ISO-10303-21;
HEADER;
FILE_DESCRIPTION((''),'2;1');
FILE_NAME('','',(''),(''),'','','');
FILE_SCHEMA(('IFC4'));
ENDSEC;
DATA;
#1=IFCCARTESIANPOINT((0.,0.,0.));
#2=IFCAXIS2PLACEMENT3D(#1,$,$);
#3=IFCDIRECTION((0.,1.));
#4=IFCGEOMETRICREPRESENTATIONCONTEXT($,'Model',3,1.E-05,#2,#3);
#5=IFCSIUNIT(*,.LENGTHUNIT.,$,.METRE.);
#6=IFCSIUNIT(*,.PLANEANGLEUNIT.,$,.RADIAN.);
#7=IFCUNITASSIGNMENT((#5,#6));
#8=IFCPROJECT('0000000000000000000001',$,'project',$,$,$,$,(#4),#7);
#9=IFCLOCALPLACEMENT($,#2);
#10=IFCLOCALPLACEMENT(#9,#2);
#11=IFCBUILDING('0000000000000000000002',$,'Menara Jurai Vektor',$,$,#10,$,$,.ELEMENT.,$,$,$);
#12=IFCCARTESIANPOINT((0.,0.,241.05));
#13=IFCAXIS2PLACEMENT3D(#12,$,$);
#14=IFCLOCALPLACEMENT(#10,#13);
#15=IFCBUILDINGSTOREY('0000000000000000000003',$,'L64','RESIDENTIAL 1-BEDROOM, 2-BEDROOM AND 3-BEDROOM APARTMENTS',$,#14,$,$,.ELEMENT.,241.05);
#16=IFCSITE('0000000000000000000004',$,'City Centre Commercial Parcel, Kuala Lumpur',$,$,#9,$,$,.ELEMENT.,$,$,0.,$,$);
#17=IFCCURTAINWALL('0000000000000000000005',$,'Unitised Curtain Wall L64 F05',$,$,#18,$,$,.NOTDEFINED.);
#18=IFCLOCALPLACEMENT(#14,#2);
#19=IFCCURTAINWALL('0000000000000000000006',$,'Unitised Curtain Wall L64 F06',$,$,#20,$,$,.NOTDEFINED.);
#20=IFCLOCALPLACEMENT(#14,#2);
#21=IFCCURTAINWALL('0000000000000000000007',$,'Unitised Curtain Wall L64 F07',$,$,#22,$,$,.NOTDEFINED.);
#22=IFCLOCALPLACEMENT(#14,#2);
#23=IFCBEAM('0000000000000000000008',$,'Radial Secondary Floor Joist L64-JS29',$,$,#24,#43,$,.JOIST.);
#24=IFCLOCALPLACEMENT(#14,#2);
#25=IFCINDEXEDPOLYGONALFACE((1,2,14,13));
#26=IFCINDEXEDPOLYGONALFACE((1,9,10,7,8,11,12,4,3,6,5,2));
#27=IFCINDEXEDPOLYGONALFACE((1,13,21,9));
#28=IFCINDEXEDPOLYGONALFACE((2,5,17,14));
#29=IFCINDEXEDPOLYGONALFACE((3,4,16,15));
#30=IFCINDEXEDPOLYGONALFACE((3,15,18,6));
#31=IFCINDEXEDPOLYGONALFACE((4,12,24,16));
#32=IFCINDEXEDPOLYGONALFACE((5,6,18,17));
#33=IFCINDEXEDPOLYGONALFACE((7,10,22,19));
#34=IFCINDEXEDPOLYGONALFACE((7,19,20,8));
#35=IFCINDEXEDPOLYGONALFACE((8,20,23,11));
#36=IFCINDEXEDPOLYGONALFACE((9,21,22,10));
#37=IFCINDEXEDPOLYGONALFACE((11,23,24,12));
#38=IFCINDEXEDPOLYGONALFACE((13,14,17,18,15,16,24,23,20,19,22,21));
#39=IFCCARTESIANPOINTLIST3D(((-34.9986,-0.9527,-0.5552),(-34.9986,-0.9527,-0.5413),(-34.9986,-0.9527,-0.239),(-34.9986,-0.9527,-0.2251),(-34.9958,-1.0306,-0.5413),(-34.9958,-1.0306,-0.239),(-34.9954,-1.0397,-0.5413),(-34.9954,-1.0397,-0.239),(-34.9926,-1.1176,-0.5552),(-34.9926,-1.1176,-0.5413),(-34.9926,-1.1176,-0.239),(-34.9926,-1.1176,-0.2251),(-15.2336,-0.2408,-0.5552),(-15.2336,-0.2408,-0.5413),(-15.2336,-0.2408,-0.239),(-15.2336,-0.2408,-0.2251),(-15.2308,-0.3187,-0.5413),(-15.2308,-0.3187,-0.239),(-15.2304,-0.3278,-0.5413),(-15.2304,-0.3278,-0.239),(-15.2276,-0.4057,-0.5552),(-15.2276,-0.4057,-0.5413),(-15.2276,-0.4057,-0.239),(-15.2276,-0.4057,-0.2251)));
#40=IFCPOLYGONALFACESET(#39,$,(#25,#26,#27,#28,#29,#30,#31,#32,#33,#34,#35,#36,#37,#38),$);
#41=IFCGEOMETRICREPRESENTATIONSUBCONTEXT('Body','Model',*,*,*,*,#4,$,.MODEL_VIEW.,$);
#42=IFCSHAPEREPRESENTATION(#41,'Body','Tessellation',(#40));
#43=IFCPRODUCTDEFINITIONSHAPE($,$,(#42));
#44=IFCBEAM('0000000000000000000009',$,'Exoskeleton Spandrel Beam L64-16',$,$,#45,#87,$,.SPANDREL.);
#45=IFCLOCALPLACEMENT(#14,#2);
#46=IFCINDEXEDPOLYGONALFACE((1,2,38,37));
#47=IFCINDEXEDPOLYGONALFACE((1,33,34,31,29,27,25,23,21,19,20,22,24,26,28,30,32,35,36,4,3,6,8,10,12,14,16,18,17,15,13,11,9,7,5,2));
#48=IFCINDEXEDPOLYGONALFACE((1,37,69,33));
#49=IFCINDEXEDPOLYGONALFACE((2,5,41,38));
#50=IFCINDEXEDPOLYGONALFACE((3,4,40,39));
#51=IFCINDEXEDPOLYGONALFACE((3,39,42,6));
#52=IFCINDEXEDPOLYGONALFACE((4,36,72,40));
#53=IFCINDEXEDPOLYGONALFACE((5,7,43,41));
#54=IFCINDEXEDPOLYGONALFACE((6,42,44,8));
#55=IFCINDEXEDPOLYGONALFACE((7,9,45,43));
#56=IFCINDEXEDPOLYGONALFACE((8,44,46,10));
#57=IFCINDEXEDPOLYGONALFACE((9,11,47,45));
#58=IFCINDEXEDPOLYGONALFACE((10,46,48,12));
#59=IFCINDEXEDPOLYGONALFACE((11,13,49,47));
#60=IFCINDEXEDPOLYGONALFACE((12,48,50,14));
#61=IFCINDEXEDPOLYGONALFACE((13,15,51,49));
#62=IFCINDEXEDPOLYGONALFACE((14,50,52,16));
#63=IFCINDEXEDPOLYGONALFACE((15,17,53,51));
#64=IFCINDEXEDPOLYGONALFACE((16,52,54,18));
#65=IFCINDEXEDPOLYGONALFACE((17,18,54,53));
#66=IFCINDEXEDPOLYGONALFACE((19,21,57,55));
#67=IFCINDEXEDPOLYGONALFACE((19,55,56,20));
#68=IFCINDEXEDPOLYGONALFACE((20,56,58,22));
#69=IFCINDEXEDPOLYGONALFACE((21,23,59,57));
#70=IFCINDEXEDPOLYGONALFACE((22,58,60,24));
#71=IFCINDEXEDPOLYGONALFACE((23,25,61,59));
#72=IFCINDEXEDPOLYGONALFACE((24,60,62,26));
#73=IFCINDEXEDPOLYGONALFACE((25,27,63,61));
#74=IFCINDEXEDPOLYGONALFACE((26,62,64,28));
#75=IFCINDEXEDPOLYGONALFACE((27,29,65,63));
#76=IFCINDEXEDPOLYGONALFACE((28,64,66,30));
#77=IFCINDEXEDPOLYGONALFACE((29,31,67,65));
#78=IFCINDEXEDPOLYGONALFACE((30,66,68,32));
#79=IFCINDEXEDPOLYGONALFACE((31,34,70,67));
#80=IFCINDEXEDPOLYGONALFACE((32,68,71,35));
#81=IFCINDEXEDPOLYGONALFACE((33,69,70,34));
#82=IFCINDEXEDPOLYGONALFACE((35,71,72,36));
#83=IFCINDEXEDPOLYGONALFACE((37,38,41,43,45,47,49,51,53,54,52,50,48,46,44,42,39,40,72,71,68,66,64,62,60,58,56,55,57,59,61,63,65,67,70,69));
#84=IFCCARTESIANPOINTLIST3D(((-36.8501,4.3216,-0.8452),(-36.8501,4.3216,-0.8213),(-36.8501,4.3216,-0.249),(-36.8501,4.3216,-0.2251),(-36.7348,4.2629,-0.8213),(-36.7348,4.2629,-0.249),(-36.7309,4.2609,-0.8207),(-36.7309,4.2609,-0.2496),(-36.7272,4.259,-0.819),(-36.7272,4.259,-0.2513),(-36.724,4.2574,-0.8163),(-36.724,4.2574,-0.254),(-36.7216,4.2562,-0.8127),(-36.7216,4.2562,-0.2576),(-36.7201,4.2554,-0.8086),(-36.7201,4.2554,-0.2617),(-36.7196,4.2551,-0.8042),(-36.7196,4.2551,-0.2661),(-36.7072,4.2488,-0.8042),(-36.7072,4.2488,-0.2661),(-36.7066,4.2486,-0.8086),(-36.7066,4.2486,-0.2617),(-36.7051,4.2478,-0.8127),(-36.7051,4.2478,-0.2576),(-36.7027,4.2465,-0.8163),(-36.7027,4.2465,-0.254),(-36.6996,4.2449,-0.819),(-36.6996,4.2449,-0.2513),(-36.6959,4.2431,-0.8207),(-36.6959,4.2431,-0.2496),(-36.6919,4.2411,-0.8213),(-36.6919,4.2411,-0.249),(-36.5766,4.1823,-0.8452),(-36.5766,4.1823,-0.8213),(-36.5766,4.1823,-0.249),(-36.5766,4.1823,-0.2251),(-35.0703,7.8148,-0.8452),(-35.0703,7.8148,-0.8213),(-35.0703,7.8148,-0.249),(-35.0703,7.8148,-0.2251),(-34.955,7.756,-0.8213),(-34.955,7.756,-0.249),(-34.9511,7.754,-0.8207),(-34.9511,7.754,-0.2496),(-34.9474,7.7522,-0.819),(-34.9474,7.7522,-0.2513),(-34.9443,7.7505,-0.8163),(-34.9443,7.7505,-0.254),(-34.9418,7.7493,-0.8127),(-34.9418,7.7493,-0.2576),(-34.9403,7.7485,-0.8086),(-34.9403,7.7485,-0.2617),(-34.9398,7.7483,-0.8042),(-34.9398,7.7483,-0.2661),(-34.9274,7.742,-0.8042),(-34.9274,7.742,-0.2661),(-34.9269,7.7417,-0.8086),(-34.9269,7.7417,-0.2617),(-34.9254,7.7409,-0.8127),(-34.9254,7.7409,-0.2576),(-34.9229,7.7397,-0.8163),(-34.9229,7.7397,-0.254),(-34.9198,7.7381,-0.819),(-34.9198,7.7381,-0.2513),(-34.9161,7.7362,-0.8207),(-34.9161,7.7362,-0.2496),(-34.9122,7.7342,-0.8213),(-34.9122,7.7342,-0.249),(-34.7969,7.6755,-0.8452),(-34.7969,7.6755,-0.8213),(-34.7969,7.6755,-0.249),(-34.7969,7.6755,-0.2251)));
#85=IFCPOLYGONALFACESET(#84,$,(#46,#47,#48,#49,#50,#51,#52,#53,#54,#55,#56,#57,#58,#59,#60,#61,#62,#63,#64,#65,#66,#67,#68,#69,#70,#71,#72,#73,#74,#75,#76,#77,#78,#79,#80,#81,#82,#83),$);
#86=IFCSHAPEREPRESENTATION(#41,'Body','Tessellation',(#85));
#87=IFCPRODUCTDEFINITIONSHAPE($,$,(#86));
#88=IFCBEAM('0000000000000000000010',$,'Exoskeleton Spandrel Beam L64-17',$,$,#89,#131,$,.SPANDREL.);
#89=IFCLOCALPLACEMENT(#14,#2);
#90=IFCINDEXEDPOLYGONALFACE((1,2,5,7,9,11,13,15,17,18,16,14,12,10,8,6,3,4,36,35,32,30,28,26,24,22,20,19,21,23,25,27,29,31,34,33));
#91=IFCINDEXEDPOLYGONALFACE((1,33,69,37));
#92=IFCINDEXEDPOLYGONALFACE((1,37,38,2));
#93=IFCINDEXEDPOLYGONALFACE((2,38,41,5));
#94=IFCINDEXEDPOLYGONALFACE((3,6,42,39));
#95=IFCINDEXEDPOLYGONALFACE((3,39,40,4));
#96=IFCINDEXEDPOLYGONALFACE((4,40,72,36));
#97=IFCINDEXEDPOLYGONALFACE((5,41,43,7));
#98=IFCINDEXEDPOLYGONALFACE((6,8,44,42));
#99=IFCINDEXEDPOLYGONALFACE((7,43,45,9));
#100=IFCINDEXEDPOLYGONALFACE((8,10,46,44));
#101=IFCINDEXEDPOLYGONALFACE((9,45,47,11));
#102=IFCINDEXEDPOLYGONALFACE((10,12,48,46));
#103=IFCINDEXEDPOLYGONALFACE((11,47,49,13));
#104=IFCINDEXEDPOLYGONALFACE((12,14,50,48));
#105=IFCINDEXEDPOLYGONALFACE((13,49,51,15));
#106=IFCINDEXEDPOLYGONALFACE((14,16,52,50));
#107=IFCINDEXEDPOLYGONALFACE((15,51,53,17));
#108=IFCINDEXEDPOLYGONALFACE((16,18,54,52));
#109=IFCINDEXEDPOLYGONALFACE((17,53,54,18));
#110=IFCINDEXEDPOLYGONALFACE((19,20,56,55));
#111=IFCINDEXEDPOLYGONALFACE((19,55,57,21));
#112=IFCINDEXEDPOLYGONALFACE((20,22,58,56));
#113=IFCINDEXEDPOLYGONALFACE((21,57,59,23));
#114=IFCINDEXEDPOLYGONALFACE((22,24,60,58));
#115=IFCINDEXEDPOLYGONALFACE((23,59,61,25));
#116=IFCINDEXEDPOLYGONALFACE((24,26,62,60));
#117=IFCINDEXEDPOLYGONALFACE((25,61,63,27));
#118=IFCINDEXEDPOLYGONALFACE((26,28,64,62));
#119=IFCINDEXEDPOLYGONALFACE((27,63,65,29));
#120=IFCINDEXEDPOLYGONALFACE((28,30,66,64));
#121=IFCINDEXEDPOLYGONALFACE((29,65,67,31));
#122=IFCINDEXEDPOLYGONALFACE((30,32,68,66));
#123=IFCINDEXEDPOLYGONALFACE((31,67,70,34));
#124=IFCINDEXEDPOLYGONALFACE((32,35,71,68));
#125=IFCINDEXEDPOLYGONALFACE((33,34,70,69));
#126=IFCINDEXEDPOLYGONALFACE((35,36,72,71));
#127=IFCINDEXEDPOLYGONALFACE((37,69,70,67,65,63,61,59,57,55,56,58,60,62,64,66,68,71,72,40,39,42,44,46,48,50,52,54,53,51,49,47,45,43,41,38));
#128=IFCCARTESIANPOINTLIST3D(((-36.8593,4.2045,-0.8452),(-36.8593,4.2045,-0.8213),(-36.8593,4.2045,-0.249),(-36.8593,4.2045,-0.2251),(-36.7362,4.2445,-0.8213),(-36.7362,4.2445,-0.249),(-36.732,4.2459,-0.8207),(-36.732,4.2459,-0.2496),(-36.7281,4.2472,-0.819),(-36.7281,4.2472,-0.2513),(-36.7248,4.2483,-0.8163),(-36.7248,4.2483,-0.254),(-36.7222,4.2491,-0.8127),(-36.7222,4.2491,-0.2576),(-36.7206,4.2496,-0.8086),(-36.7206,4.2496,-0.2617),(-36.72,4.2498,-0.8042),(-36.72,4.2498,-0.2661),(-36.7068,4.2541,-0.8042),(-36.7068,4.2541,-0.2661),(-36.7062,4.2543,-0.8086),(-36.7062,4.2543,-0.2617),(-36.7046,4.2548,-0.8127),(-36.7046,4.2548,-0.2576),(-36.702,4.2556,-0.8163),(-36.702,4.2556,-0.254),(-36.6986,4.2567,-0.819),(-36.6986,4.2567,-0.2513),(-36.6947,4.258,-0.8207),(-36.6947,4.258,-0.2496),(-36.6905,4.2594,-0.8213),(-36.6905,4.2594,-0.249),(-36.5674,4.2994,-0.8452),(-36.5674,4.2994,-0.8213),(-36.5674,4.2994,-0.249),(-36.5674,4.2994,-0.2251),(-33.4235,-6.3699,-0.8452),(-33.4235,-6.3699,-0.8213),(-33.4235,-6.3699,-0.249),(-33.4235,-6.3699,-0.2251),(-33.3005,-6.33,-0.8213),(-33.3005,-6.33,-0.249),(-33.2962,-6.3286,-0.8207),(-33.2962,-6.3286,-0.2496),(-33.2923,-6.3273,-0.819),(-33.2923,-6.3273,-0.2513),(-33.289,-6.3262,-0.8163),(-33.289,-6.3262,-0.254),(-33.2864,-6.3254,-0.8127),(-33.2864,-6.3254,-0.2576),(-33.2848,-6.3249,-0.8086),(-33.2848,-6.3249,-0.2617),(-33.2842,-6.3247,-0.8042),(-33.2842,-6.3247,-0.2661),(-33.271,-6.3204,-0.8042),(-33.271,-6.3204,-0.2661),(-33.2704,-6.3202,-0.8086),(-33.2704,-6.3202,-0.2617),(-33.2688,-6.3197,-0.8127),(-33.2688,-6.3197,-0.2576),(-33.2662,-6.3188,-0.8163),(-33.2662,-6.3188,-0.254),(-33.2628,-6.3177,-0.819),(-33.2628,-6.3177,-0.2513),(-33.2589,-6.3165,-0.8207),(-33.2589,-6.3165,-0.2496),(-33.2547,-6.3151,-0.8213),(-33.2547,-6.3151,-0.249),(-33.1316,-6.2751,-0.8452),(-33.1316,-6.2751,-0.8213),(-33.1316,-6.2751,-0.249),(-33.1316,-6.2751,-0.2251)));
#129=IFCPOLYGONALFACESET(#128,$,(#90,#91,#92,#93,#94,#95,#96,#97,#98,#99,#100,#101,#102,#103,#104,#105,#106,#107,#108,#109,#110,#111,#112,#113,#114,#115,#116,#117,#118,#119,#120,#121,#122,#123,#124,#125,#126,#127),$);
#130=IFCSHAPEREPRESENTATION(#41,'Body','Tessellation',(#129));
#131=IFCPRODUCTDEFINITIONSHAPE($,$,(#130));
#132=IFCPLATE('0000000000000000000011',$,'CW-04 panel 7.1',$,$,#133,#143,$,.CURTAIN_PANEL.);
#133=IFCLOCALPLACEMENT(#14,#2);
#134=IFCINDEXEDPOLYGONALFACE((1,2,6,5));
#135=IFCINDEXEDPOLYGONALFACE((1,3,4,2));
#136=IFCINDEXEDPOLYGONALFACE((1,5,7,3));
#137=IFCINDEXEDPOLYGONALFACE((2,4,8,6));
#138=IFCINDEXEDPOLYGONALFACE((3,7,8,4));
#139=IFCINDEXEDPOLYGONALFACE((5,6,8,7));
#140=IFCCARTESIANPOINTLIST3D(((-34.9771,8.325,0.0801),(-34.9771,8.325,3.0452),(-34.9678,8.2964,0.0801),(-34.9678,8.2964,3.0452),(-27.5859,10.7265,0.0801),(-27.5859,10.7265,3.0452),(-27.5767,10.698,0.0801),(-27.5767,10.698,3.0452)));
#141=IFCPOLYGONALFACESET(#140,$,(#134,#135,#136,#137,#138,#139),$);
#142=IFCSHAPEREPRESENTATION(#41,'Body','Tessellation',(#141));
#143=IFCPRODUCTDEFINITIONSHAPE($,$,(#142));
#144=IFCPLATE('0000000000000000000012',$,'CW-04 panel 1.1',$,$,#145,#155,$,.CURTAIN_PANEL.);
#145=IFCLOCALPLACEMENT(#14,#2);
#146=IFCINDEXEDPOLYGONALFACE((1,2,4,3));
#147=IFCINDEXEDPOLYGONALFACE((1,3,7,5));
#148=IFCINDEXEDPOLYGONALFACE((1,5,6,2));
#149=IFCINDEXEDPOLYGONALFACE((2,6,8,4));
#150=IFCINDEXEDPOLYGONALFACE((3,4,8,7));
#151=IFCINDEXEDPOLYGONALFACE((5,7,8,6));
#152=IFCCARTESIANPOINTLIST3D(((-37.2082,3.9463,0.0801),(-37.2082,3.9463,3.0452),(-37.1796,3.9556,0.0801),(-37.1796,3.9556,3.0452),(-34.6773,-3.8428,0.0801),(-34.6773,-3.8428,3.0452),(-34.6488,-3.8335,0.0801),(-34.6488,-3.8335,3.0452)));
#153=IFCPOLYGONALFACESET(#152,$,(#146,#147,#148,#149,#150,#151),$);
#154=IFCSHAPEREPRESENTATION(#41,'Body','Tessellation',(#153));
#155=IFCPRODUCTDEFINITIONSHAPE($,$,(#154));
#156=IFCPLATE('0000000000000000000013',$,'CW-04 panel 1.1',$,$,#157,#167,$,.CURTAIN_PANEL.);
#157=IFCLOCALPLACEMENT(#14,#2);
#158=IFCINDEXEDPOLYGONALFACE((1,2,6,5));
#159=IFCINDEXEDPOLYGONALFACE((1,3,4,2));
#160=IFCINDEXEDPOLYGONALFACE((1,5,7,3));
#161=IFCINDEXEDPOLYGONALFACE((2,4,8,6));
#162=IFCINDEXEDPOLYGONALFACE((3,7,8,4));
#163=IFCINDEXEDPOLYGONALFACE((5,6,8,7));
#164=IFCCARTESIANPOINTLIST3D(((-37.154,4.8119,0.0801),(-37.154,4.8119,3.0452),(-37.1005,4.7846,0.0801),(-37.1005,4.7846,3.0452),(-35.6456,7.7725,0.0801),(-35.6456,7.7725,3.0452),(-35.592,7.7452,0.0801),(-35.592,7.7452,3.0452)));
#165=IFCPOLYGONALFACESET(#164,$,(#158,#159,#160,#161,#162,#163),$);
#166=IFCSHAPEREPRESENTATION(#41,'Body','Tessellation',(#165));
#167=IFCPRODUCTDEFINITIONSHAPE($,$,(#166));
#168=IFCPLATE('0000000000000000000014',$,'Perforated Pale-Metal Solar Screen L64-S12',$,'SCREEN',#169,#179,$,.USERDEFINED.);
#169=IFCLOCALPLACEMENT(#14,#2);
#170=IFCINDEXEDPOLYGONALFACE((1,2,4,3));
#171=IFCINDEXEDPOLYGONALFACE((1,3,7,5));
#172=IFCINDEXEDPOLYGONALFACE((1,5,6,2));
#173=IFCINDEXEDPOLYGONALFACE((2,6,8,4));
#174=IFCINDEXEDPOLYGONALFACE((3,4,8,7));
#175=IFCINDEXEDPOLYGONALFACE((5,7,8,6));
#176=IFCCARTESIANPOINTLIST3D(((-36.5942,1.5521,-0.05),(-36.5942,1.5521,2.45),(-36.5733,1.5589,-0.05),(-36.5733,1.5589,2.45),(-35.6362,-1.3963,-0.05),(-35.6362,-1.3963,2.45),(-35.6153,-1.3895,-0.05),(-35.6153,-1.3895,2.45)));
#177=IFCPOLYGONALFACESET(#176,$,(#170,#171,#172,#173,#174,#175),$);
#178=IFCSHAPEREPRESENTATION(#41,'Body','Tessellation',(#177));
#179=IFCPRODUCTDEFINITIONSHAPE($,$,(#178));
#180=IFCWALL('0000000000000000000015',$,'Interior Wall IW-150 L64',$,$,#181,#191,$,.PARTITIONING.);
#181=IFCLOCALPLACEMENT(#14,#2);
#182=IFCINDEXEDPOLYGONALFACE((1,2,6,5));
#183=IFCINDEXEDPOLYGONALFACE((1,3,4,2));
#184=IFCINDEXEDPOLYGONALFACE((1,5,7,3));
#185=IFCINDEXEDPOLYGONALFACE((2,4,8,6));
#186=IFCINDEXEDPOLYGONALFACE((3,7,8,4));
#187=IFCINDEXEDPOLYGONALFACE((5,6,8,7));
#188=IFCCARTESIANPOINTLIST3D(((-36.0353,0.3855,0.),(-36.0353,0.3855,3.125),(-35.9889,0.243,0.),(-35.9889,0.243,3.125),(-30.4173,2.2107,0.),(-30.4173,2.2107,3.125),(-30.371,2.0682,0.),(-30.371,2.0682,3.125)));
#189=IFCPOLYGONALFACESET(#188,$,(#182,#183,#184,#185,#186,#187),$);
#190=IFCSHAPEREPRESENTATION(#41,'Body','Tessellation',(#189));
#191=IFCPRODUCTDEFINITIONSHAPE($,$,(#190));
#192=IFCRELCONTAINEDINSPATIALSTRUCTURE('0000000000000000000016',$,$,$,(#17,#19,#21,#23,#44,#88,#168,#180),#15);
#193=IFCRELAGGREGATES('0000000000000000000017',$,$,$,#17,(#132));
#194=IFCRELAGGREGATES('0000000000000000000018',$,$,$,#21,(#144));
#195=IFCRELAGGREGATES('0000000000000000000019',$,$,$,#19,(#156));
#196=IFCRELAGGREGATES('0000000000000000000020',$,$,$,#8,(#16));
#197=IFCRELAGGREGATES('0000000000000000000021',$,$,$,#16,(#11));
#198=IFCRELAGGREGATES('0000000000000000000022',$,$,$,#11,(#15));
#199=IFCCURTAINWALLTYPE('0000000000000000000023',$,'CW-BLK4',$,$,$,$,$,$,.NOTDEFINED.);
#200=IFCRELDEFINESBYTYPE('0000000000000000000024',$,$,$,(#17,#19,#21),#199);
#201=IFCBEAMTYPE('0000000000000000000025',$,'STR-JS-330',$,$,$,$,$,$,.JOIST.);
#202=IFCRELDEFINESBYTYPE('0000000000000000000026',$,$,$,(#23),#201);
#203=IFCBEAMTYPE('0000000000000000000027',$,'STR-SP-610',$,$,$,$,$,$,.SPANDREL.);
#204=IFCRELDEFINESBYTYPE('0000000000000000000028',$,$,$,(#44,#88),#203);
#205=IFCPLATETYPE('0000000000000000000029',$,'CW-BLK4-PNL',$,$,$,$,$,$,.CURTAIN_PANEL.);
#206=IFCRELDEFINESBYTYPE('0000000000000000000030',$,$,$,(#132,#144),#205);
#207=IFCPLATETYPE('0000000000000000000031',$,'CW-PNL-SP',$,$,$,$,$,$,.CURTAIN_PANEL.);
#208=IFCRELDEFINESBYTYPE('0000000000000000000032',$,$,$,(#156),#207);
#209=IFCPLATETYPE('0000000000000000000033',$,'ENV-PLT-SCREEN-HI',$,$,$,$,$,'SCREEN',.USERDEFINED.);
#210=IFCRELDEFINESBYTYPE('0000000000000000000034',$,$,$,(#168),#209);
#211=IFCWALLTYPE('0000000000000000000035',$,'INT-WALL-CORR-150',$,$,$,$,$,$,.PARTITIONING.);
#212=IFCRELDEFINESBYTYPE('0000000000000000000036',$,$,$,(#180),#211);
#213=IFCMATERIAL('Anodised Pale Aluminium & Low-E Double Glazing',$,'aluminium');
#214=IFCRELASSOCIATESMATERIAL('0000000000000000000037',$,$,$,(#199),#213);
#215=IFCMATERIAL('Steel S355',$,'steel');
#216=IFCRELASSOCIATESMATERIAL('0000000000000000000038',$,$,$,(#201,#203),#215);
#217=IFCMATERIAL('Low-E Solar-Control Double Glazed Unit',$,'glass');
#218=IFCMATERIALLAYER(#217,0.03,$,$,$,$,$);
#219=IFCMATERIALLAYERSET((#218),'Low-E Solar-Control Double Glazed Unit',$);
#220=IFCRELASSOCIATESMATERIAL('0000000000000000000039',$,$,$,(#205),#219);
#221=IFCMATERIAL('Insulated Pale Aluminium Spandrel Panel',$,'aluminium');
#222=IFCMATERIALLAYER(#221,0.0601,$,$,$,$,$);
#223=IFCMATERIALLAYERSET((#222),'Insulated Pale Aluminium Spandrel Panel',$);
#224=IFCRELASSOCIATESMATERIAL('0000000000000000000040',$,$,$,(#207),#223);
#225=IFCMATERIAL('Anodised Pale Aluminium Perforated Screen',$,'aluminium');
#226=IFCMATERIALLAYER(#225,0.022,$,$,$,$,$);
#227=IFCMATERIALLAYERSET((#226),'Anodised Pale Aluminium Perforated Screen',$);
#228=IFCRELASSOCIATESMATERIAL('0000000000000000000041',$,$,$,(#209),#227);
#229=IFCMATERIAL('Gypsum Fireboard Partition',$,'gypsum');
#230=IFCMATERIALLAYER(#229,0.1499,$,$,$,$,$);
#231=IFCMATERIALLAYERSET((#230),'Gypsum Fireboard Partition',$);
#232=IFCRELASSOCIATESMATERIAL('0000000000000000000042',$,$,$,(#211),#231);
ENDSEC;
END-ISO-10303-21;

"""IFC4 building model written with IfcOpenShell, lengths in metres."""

from ifc_helpers import new_model, si_unit, direction, frame, frame_2d, origin, origin_2d, place, context, subcontext, project, spatial, rectangle, i_section, extrude, material, layer, layer_set, material_profile, profile_set, type_object, element, aggregate, save


model = new_model("IFC4")

# Units and contexts
model_context = context("Model", 3, precision=1e-05, world=origin(), true_north=direction((0.0, 1.0)))
body_context = subcontext(model_context, "Body", "Model", "MODEL_VIEW")
ifc_project = project(units=[si_unit("LENGTHUNIT", "METRE"), si_unit("PLANEANGLEUNIT", "RADIAN")], contexts=[model_context])

# Site, building, storey
site_placement = place(None, origin())
site = spatial("IfcSite", under=ifc_project, at=site_placement, Name="City Centre Commercial Parcel, Kuala Lumpur", CompositionType="ELEMENT", RefElevation=0.0)
building_placement = place(site_placement, origin())
building = spatial("IfcBuilding", under=site, at=building_placement, Name="Menara Jurai Vektor", CompositionType="ELEMENT")
storey_placement = place(building_placement, frame((0.0, 0.0, 241.05)))
storey = spatial("IfcBuildingStorey", under=building, at=storey_placement, Name="L64", Description="RESIDENTIAL 1-BEDROOM, 2-BEDROOM AND 3-BEDROOM APARTMENTS", CompositionType="ELEMENT", Elevation=241.05)

# Curtain wall
ifc_material_1 = material(Name="Anodised Pale Aluminium & Low-E Double Glazing", Category="aluminium")
curtain_wall_type = type_object("IfcCurtainWallType", Name="CW-BLK4", PredefinedType="NOTDEFINED", material=ifc_material_1)
curtain_wall_1_placement = place(storey_placement, origin())
curtain_wall_1 = element("IfcCurtainWall", 1, at=curtain_wall_1_placement, inside=storey, type_object=curtain_wall_type, Name="Unitised Curtain Wall L64 F05", PredefinedType="NOTDEFINED")

# Curtain wall
curtain_wall_2_placement = place(storey_placement, origin())
curtain_wall_2 = element("IfcCurtainWall", 2, at=curtain_wall_2_placement, inside=storey, type_object=curtain_wall_type, Name="Unitised Curtain Wall L64 F06", PredefinedType="NOTDEFINED")

# Curtain wall
curtain_wall_3_placement = place(storey_placement, origin())
curtain_wall_3 = element("IfcCurtainWall", 3, at=curtain_wall_3_placement, inside=storey, type_object=curtain_wall_type, Name="Unitised Curtain Wall L64 F07", PredefinedType="NOTDEFINED")

# Shared definitions
ifc_material_2 = material(Name="Steel S355", Category="steel")

# Beams
ifc_material_profile_1 = material_profile(ifc_material_2, i_section(OverallWidth=0.165, OverallDepth=0.3301, WebThickness=0.009, FlangeThickness=0.0139, at=origin_2d()), Name="PG 330x165x46")
ifc_profile_set_1 = profile_set([ifc_material_profile_1], Name="Steel S355")
beam_type_1 = type_object("IfcBeamType", Name="STR-JS-330", PredefinedType="JOIST", material=ifc_profile_set_1)
beam_1_placement = place(storey_placement, frame((-34.9956, -1.0352, -0.3901), z_axis=(0.999352, 0.035995, 0.0), x_axis=(-0.035995, 0.999352, 0.0)))
element("IfcBeam", 4, at=beam_1_placement, inside=storey, type_object=beam_type_1, Name="Radial Secondary Floor Joist L64-JS29", PredefinedType="JOIST", context=body_context, shape_type="SweptSolid", body=[
    extrude(i_section(OverallWidth=0.165, OverallDepth=0.3301, WebThickness=0.009, FlangeThickness=0.0139, at=origin_2d()), origin(), (0.0, 0.0, 1.0), 19.7778),
])
ifc_material_profile_2 = material_profile(ifc_material_2, i_section(OverallWidth=0.3069, OverallDepth=0.6201, WebThickness=0.0139, FlangeThickness=0.0239, FilletRadius=0.0171, at=origin_2d()), Name="UKB 610x305x179")
ifc_profile_set_2 = profile_set([ifc_material_profile_2], Name="Steel S355")
beam_type_2 = type_object("IfcBeamType", Name="STR-SP-610", PredefinedType="SPANDREL", material=ifc_profile_set_2)
beam_2_placement = place(storey_placement, frame((-34.9336, 7.7451, -0.5352), z_axis=(-0.453976, -0.891014, 0.0), x_axis=(0.891014, -0.453976, 0.0)))
element("IfcBeam", 5, at=beam_2_placement, inside=storey, type_object=beam_type_2, Name="Exoskeleton Spandrel Beam L64-16", PredefinedType="SPANDREL", context=body_context, shape_type="SweptSolid", body=[
    extrude(i_section(OverallWidth=0.3069, OverallDepth=0.6201, WebThickness=0.0139, FlangeThickness=0.0239, FilletRadius=0.0171, at=origin_2d()), origin(), (0.0, 0.0, 1.0), 3.9204),
])
beam_3_placement = place(storey_placement, frame((-36.7134, 4.252, -0.5352), z_axis=(0.309012, -0.951058, 0.0), x_axis=(0.951058, 0.309012, 0.0)))
element("IfcBeam", 6, at=beam_3_placement, inside=storey, type_object=beam_type_2, Name="Exoskeleton Spandrel Beam L64-17", PredefinedType="SPANDREL", context=body_context, shape_type="SweptSolid", body=[
    extrude(i_section(OverallWidth=0.3069, OverallDepth=0.6201, WebThickness=0.0139, FlangeThickness=0.0239, FilletRadius=0.0171, at=origin_2d()), origin(), (0.0, 0.0, 1.0), 11.1187),
])

# Plates
ifc_material_3 = material(Name="Low-E Solar-Control Double Glazed Unit", Category="glass")
ifc_layer_1 = layer(ifc_material_3, 0.03)
ifc_layer_set_1 = layer_set([ifc_layer_1], Name="Low-E Solar-Control Double Glazed Unit")
plate_type_1 = type_object("IfcPlateType", Name="CW-BLK4-PNL", PredefinedType="CURTAIN_PANEL", material=ifc_layer_set_1)
plate_1_placement = place(storey_placement, frame((-31.2769, 9.5115, 0.0801), z_axis=(0.0, 0.0, 1.0), x_axis=(-0.951056, -0.309017, 0.0)))
plate_1 = element("IfcPlate", 7, at=plate_1_placement, type_object=plate_type_1, Name="CW-04 panel 7.1", PredefinedType="CURTAIN_PANEL", context=body_context, shape_type="SweptSolid", body=[
    extrude(rectangle(XDim=7.7715, YDim=0.03, at=origin_2d()), origin(), (0.0, 0.0, 1.0), 2.9651),
])
aggregate(curtain_wall_1, [plate_1])
plate_2_placement = place(storey_placement, frame((-35.9285, 0.0564, 0.0801), z_axis=(0.0, 0.0, 1.0), x_axis=(0.309016, -0.951057, 0.0)))
plate_2 = element("IfcPlate", 8, at=plate_2_placement, type_object=plate_type_1, Name="CW-04 panel 1.1", PredefinedType="CURTAIN_PANEL", context=body_context, shape_type="SweptSolid", body=[
    extrude(rectangle(XDim=8.1899, YDim=0.03, at=origin_2d()), origin(), (0.0, 0.0, 1.0), 2.9651),
])
aggregate(curtain_wall_3, [plate_2])
ifc_material_4 = material(Name="Insulated Pale Aluminium Spandrel Panel", Category="aluminium")
ifc_layer_2 = layer(ifc_material_4, 0.0601)
ifc_layer_set_2 = layer_set([ifc_layer_2], Name="Insulated Pale Aluminium Spandrel Panel")
plate_type_2 = type_object("IfcPlateType", Name="CW-PNL-SP", PredefinedType="CURTAIN_PANEL", material=ifc_layer_set_2)
plate_3_placement = place(storey_placement, frame((-36.373, 6.2786, 0.0801), z_axis=(0.0, 0.0, 1.0), x_axis=(-0.453989, -0.891008, 0.0)))
plate_3 = element("IfcPlate", 9, at=plate_3_placement, type_object=plate_type_2, Name="CW-04 panel 1.1", PredefinedType="CURTAIN_PANEL", context=body_context, shape_type="SweptSolid", body=[
    extrude(rectangle(XDim=3.3228, YDim=0.0601, at=origin_2d()), origin(), (0.0, 0.0, 1.0), 2.9651),
])
aggregate(curtain_wall_2, [plate_3])
ifc_material_5 = material(Name="Anodised Pale Aluminium Perforated Screen", Category="aluminium")
ifc_layer_3 = layer(ifc_material_5, 0.022)
ifc_layer_set_3 = layer_set([ifc_layer_3], Name="Anodised Pale Aluminium Perforated Screen")
plate_type_3 = type_object("IfcPlateType", Name="ENV-PLT-SCREEN-HI", ElementType="SCREEN", PredefinedType="USERDEFINED", material=ifc_layer_set_3)
plate_4_placement = place(storey_placement, frame((-36.1047, 0.0813, -0.05), z_axis=(0.0, 0.0, 1.0), x_axis=(0.309017, -0.951057, 0.0)))
element("IfcPlate", 10, at=plate_4_placement, inside=storey, type_object=plate_type_3, Name="Perforated Pale-Metal Solar Screen L64-S12", ObjectType="SCREEN", PredefinedType="USERDEFINED", context=body_context, shape_type="SweptSolid", body=[
    extrude(rectangle(XDim=3.1001, YDim=0.022, at=origin_2d()), origin(), (0.0, 0.0, 1.0), 2.5),
])

# Wall
ifc_material_6 = material(Name="Gypsum Fireboard Partition", Category="gypsum")
ifc_layer_4 = layer(ifc_material_6, 0.1499)
ifc_layer_set_4 = layer_set([ifc_layer_4], Name="Gypsum Fireboard Partition")
wall_type = type_object("IfcWallType", Name="INT-WALL-CORR-150", PredefinedType="PARTITIONING", material=ifc_layer_set_4)
wall_1_placement = place(storey_placement, frame((-36.0122, 0.3142, 0.0), z_axis=(0.0, 0.0, 1.0), x_axis=(0.951065, 0.30899, 0.0)))
element("IfcWall", 11, at=wall_1_placement, inside=storey, type_object=wall_type, Name="Interior Wall IW-150 L64", PredefinedType="PARTITIONING", context=body_context, shape_type="SweptSolid", body=[
    extrude(rectangle(XDim=5.907, YDim=0.1499, at=frame_2d((2.9536, 0.0))), origin(), (0.0, 0.0, 1.0), 3.125),
])

save(model, "model.ifc")
